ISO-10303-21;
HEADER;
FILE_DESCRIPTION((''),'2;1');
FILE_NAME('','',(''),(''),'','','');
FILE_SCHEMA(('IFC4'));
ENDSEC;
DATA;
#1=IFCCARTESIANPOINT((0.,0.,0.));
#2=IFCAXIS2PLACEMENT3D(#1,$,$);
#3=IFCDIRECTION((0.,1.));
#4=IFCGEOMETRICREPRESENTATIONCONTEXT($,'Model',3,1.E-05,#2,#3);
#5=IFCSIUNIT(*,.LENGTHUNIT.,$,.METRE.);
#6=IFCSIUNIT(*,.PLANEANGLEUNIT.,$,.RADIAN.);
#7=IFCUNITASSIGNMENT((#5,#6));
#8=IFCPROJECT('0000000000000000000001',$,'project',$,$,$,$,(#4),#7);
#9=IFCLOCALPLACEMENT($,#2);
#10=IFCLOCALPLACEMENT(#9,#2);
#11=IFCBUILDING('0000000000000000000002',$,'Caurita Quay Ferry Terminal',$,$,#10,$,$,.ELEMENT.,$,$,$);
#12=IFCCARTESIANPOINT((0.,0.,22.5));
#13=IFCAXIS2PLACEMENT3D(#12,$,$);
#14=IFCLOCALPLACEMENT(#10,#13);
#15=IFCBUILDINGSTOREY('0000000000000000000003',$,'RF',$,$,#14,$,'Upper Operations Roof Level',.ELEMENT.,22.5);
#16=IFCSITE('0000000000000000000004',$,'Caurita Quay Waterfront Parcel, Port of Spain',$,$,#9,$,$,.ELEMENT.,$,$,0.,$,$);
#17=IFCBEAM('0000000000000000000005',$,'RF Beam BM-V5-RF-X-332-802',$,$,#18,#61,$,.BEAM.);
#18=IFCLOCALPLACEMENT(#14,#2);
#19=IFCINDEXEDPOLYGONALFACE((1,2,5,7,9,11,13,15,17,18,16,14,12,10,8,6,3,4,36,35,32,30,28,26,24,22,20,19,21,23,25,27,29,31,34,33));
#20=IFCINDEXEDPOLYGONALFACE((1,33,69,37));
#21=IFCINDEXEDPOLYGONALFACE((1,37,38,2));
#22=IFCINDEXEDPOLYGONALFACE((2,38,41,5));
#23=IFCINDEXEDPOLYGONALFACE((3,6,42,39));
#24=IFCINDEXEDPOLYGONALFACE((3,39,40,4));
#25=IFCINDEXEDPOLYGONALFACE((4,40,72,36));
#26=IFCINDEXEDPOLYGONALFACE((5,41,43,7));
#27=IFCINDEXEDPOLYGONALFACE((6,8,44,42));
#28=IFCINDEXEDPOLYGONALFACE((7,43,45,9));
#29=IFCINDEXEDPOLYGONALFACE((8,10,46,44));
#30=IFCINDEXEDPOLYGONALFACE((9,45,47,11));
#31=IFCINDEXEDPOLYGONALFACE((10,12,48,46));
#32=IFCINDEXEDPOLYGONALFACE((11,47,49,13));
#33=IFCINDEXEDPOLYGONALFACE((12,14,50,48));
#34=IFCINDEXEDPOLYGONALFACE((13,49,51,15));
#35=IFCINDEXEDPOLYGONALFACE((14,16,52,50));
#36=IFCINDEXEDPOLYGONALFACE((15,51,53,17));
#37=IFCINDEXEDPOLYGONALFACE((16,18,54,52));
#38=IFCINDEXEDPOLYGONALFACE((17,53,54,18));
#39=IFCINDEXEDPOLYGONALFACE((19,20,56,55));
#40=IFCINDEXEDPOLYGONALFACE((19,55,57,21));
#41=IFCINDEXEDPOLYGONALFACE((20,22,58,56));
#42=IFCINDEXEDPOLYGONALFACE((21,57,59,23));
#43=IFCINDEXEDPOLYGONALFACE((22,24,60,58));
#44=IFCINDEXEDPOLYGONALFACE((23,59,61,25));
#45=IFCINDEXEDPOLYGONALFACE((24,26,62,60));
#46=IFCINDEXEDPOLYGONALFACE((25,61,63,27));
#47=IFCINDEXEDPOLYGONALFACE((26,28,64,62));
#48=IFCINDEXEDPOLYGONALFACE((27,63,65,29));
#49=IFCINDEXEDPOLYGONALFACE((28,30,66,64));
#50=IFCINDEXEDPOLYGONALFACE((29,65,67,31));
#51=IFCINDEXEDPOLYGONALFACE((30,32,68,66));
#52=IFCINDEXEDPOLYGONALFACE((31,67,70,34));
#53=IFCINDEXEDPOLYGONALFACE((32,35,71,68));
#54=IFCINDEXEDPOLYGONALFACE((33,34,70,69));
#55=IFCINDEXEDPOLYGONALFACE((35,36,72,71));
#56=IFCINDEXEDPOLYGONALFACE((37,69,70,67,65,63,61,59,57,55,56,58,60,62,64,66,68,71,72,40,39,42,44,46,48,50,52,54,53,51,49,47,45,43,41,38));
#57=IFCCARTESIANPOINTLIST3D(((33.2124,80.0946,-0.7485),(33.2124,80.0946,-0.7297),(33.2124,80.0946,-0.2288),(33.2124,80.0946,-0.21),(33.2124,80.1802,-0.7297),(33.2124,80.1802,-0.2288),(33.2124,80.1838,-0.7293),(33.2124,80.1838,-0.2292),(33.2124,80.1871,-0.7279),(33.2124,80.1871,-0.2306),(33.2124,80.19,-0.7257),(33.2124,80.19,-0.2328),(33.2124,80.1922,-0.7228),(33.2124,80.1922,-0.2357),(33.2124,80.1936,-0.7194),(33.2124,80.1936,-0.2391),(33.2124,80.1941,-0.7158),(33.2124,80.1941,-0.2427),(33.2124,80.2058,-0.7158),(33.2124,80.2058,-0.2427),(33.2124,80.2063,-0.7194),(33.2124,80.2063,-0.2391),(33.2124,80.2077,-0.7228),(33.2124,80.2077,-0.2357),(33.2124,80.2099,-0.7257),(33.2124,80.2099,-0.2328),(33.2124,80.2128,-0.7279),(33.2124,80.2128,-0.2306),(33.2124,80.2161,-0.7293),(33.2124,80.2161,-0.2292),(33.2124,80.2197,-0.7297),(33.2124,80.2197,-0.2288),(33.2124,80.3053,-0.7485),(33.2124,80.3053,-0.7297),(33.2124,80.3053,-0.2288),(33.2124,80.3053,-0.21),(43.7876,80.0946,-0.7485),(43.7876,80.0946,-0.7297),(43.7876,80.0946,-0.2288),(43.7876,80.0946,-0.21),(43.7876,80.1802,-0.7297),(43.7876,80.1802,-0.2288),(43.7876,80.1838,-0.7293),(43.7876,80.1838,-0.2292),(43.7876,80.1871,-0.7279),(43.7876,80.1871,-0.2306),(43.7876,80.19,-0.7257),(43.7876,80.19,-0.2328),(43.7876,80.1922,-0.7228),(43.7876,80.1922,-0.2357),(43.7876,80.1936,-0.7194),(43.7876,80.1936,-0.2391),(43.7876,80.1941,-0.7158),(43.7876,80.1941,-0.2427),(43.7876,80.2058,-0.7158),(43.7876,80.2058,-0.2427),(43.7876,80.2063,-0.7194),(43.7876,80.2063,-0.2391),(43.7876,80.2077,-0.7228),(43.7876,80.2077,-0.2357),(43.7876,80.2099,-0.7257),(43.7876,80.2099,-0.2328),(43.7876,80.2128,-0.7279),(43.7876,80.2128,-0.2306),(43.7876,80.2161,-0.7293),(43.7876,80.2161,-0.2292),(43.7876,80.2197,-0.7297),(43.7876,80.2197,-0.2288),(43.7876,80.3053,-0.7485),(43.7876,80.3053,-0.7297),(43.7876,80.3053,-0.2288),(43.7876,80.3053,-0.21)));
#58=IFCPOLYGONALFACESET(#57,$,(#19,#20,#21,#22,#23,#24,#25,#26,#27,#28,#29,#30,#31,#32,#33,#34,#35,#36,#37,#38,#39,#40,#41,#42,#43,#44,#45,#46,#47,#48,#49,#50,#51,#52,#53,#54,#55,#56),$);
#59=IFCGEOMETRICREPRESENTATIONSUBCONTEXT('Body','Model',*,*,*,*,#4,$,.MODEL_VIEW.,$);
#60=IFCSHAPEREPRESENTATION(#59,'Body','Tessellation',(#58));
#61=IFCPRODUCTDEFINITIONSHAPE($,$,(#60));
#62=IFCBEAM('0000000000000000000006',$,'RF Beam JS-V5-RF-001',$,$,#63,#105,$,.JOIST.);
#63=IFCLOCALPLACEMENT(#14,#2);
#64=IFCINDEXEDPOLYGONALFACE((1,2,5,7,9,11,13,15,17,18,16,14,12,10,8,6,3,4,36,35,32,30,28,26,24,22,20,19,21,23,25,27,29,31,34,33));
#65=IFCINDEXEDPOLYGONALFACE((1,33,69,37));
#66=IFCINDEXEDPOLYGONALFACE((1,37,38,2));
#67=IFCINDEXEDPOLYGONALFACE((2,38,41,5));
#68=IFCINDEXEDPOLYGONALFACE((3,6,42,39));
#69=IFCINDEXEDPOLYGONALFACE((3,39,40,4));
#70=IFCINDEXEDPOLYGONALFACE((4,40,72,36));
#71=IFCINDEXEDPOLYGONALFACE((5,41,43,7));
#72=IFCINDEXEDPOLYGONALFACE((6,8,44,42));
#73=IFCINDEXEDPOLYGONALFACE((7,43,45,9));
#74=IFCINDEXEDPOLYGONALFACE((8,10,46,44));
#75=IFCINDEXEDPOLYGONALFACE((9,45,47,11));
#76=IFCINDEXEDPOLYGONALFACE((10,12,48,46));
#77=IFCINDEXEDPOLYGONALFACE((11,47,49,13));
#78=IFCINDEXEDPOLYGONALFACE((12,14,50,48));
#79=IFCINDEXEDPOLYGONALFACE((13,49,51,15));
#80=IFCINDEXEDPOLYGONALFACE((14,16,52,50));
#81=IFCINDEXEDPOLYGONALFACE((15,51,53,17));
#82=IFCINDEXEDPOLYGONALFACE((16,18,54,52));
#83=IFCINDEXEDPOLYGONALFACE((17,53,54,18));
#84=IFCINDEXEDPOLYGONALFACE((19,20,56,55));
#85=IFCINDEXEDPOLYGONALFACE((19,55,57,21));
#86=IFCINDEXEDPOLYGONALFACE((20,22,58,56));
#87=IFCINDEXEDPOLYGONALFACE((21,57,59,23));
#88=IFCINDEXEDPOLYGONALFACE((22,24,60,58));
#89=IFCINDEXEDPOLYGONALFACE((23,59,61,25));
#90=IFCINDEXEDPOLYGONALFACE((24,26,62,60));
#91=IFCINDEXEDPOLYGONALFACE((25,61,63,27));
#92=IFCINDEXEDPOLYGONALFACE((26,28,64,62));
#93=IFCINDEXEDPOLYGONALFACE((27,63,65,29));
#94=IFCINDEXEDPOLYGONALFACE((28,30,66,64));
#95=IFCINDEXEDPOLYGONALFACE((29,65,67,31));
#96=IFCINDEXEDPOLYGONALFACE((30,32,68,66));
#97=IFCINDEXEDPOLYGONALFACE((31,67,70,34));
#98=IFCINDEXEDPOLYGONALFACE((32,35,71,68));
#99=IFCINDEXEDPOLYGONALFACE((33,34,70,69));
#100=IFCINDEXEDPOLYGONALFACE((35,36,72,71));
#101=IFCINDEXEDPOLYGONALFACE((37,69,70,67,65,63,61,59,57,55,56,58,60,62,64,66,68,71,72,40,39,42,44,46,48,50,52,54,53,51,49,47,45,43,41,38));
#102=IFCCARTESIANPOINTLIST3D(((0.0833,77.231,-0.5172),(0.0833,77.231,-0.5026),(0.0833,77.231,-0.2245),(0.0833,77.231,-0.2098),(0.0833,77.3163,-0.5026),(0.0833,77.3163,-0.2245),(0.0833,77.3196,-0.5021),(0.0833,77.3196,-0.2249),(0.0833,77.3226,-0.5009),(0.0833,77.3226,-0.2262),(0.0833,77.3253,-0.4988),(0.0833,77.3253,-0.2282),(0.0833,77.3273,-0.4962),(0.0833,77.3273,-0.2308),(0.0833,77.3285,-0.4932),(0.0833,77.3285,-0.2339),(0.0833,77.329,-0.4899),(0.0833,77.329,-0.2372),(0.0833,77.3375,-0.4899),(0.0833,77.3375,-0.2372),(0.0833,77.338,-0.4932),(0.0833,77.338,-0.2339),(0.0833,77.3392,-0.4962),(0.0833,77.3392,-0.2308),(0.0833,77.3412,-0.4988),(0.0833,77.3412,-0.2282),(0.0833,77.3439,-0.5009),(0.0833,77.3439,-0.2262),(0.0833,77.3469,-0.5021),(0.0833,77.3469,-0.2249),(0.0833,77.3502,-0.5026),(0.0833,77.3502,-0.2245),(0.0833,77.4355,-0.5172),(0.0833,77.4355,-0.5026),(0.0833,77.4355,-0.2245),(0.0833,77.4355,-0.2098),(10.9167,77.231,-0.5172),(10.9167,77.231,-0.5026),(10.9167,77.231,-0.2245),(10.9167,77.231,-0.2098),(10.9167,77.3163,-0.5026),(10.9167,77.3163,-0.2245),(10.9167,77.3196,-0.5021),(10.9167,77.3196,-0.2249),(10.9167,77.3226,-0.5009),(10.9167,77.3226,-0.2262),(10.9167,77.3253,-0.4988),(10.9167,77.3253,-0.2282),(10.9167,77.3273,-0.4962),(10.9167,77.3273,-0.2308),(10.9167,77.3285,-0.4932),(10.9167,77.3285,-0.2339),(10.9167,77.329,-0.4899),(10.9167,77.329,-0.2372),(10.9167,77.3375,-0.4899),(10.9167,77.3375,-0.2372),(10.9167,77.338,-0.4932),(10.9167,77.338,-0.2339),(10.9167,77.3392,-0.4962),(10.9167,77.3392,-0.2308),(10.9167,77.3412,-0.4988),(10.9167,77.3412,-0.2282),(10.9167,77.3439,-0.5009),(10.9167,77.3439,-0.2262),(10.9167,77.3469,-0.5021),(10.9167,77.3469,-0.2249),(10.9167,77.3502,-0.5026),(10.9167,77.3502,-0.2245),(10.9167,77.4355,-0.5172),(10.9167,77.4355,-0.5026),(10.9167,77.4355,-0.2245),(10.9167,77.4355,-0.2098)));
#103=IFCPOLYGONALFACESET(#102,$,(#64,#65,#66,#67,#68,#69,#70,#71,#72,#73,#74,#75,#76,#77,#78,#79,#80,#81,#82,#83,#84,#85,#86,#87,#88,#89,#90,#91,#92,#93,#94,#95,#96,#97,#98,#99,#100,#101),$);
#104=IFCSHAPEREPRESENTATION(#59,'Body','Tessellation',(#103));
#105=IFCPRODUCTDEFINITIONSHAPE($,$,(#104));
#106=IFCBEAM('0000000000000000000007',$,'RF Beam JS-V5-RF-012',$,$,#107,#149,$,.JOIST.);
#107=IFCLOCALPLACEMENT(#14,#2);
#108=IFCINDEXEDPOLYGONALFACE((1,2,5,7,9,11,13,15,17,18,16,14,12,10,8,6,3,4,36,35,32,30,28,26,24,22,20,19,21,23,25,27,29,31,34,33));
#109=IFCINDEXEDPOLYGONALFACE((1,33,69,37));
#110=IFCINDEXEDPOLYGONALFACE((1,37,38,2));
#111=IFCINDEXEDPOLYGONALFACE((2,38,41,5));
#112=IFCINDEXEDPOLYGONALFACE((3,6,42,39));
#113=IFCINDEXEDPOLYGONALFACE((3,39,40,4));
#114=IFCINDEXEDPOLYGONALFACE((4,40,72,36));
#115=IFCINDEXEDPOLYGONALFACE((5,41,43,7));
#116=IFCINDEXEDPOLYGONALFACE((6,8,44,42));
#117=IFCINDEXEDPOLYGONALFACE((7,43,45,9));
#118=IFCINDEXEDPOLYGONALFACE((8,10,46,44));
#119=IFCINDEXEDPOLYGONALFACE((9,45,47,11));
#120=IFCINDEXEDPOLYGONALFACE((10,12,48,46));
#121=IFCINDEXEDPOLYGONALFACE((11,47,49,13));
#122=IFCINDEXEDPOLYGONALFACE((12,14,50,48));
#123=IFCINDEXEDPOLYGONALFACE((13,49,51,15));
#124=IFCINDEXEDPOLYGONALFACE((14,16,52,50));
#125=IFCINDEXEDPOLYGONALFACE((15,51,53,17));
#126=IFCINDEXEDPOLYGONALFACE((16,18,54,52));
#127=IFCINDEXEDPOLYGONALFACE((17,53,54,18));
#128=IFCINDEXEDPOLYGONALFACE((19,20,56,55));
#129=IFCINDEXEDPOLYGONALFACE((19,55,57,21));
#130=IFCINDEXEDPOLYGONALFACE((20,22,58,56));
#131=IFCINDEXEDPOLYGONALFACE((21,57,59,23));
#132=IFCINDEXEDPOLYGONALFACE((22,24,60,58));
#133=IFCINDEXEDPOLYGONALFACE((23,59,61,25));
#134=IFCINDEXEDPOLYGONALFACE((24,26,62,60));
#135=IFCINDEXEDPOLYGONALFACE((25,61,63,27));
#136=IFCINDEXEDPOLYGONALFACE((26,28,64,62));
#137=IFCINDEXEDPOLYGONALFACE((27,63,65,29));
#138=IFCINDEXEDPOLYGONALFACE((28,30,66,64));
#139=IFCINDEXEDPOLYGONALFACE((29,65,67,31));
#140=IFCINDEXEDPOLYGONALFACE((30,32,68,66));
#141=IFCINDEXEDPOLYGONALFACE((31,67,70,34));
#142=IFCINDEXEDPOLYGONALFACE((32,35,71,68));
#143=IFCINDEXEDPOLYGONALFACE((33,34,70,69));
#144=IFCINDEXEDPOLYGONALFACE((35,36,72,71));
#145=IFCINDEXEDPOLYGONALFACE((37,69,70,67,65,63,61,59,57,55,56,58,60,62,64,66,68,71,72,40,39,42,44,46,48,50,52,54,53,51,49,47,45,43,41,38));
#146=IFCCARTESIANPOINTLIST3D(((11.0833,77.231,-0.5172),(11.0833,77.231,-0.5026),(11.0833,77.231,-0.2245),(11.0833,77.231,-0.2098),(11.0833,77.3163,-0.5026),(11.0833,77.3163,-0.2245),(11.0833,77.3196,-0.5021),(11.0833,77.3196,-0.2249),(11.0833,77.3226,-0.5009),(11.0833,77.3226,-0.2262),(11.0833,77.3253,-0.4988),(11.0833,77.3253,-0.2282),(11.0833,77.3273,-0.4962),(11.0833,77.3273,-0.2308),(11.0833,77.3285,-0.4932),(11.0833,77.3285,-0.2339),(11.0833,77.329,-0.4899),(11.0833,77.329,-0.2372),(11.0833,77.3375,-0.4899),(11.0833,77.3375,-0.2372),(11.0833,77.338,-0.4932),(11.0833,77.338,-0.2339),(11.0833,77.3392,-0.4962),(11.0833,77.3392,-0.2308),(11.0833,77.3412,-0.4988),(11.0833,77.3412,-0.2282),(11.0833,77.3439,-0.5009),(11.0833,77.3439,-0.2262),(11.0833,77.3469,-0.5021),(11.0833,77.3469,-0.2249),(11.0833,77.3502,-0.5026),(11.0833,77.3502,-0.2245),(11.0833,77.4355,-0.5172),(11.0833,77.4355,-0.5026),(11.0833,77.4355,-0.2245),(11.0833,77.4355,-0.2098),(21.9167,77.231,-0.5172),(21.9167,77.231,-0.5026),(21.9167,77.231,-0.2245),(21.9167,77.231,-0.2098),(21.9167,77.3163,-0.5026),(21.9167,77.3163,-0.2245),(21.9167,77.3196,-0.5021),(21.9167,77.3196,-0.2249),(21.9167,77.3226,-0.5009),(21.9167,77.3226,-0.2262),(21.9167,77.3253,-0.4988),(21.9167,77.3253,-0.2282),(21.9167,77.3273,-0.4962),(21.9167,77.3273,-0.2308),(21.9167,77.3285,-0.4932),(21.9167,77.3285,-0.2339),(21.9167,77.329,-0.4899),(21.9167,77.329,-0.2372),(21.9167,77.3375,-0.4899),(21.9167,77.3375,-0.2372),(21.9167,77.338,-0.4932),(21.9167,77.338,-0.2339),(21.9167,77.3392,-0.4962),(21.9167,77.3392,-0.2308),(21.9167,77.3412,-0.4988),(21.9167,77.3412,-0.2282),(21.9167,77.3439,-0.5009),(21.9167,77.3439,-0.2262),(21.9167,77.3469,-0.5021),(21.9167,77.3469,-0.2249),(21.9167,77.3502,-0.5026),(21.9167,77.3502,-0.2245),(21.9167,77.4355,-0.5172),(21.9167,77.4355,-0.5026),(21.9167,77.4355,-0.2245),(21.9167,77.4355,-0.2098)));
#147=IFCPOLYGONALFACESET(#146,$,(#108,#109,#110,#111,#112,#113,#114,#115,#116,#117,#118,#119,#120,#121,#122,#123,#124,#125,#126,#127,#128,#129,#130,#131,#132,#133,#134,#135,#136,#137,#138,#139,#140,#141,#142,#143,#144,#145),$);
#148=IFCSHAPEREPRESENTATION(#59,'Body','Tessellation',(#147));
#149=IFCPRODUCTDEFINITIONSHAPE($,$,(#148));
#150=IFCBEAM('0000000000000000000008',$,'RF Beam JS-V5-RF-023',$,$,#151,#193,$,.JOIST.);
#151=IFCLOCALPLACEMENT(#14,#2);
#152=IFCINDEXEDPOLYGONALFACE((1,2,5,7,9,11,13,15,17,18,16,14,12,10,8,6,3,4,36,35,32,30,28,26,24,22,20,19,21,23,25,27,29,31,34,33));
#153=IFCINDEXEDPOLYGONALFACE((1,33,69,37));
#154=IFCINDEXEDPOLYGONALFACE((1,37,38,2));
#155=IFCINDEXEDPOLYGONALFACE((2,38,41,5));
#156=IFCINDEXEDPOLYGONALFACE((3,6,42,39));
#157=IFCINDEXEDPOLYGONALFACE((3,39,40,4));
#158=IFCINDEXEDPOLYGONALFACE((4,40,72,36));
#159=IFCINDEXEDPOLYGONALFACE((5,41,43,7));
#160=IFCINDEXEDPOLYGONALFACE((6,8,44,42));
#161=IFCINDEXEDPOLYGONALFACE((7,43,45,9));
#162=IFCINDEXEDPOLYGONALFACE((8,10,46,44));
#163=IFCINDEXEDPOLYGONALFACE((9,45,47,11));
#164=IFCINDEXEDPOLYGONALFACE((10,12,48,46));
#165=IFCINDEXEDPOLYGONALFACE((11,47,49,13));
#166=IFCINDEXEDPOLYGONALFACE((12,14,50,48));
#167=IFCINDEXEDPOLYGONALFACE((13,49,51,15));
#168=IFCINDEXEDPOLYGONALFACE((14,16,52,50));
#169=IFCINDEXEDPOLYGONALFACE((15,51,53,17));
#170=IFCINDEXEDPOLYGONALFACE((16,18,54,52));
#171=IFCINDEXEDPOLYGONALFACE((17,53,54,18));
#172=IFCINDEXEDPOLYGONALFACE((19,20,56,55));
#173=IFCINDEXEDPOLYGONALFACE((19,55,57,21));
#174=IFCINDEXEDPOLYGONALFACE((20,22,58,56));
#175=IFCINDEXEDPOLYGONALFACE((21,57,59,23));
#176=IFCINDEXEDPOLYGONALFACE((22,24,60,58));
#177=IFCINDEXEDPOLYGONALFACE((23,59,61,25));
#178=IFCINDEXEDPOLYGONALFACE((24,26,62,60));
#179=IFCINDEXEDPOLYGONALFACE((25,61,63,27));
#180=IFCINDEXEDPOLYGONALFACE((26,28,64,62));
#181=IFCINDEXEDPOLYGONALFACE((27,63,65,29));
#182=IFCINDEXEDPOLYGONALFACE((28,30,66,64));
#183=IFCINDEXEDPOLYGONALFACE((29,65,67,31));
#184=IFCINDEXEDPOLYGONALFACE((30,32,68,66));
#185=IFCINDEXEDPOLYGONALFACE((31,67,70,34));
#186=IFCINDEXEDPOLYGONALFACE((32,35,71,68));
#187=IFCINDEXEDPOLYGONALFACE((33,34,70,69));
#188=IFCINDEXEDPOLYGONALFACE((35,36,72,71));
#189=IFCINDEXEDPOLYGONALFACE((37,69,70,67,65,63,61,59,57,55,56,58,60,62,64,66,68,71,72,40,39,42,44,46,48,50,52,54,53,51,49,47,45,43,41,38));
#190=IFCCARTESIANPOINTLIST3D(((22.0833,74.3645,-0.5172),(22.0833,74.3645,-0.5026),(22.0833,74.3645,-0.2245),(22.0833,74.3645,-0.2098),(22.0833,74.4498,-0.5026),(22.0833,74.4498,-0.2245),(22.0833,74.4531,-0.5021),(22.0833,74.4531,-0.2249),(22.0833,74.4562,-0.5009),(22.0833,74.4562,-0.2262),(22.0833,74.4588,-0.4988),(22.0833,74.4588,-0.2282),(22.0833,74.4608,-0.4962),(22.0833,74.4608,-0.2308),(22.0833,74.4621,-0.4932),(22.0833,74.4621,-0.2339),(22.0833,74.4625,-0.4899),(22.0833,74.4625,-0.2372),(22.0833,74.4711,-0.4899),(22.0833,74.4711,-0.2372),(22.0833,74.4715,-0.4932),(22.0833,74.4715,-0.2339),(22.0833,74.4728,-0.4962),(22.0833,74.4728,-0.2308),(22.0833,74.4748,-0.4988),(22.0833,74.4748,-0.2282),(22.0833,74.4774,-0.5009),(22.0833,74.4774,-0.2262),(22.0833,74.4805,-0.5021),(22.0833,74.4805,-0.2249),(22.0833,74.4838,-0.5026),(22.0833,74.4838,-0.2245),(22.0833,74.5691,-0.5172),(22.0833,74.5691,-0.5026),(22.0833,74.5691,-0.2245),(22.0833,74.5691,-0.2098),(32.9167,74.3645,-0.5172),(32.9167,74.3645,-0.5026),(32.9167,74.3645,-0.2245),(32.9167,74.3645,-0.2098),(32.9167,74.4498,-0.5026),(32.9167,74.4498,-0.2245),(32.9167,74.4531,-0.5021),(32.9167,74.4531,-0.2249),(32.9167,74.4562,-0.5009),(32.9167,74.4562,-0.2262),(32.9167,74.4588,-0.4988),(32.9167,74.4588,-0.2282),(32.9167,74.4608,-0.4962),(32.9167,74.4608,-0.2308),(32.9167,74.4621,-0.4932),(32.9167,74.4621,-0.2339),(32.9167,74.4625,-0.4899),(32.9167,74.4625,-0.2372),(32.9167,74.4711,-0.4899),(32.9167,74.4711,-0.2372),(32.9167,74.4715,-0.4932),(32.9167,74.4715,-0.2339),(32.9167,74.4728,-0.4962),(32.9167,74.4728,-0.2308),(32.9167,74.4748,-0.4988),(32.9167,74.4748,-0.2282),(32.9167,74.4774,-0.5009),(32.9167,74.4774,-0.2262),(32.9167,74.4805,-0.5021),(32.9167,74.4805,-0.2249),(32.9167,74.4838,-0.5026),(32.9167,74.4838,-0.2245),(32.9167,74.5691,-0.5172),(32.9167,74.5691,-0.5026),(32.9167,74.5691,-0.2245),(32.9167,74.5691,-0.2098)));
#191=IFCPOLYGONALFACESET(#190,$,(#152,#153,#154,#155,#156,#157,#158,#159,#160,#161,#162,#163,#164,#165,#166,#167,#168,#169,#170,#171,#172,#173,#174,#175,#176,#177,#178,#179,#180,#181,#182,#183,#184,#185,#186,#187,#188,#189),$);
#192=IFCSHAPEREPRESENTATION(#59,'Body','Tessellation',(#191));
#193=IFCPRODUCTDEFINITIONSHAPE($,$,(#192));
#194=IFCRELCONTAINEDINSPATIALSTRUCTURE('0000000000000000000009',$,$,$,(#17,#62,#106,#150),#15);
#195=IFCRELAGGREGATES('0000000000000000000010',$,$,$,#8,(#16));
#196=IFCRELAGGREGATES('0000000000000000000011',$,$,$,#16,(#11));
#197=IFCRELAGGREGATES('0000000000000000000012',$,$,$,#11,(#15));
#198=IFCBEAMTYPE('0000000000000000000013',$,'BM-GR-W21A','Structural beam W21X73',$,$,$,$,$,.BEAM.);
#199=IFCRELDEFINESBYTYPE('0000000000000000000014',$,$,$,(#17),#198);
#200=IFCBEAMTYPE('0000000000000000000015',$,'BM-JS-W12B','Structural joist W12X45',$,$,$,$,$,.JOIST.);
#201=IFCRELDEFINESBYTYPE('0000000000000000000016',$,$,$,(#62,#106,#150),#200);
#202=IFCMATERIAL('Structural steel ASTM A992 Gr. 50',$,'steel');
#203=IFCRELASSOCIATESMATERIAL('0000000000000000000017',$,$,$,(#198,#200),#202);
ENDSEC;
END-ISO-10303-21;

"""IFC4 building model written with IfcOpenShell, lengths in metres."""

from ifc_helpers import new_model, si_unit, direction, frame, origin, origin_2d, place, context, subcontext, project, spatial, i_section, extrude, material, material_profile, profile_set, type_object, element, save


model = new_model("IFC4")

# Units and contexts
model_context = context("Model", 3, precision=1e-05, world=origin(), true_north=direction((0.0, 1.0)))
body_context = subcontext(model_context, "Body", "Model", "MODEL_VIEW")
ifc_project = project(units=[si_unit("LENGTHUNIT", "METRE"), si_unit("PLANEANGLEUNIT", "RADIAN")], contexts=[model_context])

# Site, building, storey
site_placement = place(None, origin())
site = spatial("IfcSite", under=ifc_project, at=site_placement, Name="Caurita Quay Waterfront Parcel, Port of Spain", CompositionType="ELEMENT", RefElevation=0.0)
building_placement = place(site_placement, origin())
building = spatial("IfcBuilding", under=site, at=building_placement, Name="Caurita Quay Ferry Terminal", CompositionType="ELEMENT")
storey_placement = place(building_placement, frame((0.0, 0.0, 22.5)))
storey = spatial("IfcBuildingStorey", under=building, at=storey_placement, Name="RF", LongName="Upper Operations Roof Level", CompositionType="ELEMENT", Elevation=22.5)

# Beams
ifc_material_1 = material(Name="Structural steel ASTM A992 Gr. 50", Category="steel")
ifc_material_profile_1 = material_profile(ifc_material_1, i_section(OverallWidth=0.2107, OverallDepth=0.5386, WebThickness=0.0117, FlangeThickness=0.0188, FilletRadius=0.0139, at=origin_2d()), Name="W21X73")
ifc_profile_set_1 = profile_set([ifc_material_profile_1], Name="Structural steel ASTM A992 Gr. 50")
beam_type_1 = type_object("IfcBeamType", Name="BM-GR-W21A", Description="Structural beam W21X73", PredefinedType="BEAM", material=ifc_profile_set_1)
for number, where, z_axis, x_axis, name in (
    (1, (33.2124, 80.2, -0.4792), (1.0, 0.0, 0.0), (0.0, 1.0, 0.0), "RF Beam BM-V5-RF-X-332-802"),
):
    element("IfcBeam", number, at=place(storey_placement, frame(where, z_axis=z_axis, x_axis=x_axis)), inside=storey, type_object=beam_type_1, Name=name, PredefinedType="BEAM", context=body_context, shape_type="SweptSolid", body=[
        extrude(i_section(OverallWidth=0.2107, OverallDepth=0.5386, WebThickness=0.0117, FlangeThickness=0.0188, FilletRadius=0.0139, at=origin_2d()), origin(), (0.0, 0.0, 1.0), 10.5752),
    ])
ifc_material_profile_2 = material_profile(ifc_material_1, i_section(OverallWidth=0.2046, OverallDepth=0.3074, WebThickness=0.0085, FlangeThickness=0.0146, FilletRadius=0.0127, at=origin_2d()), Name="W12X45")
ifc_profile_set_2 = profile_set([ifc_material_profile_2], Name="Structural steel ASTM A992 Gr. 50")
beam_type_2 = type_object("IfcBeamType", Name="BM-JS-W12B", Description="Structural joist W12X45", PredefinedType="JOIST", material=ifc_profile_set_2)
for number, where, z_axis, x_axis, name in (
    (2, (0.0833, 77.3333, -0.3635), (1.0, 0.0, 0.0), (0.0, 1.0, 0.0), "RF Beam JS-V5-RF-001"),
    (3, (11.0833, 77.3333, -0.3635), (1.0, 0.0, 0.0), (0.0, 1.0, 0.0), "RF Beam JS-V5-RF-012"),
    (4, (22.0833, 74.4668, -0.3635), (1.0, 0.0, 0.0), (0.0, 1.0, 0.0), "RF Beam JS-V5-RF-023"),
):
    element("IfcBeam", number, at=place(storey_placement, frame(where, z_axis=z_axis, x_axis=x_axis)), inside=storey, type_object=beam_type_2, Name=name, PredefinedType="JOIST", context=body_context, shape_type="SweptSolid", body=[
        extrude(i_section(OverallWidth=0.2046, OverallDepth=0.3074, WebThickness=0.0085, FlangeThickness=0.0146, FilletRadius=0.0127, at=origin_2d()), origin(), (0.0, 0.0, 1.0), 10.8335),
    ])

save(model, "model.ifc")
